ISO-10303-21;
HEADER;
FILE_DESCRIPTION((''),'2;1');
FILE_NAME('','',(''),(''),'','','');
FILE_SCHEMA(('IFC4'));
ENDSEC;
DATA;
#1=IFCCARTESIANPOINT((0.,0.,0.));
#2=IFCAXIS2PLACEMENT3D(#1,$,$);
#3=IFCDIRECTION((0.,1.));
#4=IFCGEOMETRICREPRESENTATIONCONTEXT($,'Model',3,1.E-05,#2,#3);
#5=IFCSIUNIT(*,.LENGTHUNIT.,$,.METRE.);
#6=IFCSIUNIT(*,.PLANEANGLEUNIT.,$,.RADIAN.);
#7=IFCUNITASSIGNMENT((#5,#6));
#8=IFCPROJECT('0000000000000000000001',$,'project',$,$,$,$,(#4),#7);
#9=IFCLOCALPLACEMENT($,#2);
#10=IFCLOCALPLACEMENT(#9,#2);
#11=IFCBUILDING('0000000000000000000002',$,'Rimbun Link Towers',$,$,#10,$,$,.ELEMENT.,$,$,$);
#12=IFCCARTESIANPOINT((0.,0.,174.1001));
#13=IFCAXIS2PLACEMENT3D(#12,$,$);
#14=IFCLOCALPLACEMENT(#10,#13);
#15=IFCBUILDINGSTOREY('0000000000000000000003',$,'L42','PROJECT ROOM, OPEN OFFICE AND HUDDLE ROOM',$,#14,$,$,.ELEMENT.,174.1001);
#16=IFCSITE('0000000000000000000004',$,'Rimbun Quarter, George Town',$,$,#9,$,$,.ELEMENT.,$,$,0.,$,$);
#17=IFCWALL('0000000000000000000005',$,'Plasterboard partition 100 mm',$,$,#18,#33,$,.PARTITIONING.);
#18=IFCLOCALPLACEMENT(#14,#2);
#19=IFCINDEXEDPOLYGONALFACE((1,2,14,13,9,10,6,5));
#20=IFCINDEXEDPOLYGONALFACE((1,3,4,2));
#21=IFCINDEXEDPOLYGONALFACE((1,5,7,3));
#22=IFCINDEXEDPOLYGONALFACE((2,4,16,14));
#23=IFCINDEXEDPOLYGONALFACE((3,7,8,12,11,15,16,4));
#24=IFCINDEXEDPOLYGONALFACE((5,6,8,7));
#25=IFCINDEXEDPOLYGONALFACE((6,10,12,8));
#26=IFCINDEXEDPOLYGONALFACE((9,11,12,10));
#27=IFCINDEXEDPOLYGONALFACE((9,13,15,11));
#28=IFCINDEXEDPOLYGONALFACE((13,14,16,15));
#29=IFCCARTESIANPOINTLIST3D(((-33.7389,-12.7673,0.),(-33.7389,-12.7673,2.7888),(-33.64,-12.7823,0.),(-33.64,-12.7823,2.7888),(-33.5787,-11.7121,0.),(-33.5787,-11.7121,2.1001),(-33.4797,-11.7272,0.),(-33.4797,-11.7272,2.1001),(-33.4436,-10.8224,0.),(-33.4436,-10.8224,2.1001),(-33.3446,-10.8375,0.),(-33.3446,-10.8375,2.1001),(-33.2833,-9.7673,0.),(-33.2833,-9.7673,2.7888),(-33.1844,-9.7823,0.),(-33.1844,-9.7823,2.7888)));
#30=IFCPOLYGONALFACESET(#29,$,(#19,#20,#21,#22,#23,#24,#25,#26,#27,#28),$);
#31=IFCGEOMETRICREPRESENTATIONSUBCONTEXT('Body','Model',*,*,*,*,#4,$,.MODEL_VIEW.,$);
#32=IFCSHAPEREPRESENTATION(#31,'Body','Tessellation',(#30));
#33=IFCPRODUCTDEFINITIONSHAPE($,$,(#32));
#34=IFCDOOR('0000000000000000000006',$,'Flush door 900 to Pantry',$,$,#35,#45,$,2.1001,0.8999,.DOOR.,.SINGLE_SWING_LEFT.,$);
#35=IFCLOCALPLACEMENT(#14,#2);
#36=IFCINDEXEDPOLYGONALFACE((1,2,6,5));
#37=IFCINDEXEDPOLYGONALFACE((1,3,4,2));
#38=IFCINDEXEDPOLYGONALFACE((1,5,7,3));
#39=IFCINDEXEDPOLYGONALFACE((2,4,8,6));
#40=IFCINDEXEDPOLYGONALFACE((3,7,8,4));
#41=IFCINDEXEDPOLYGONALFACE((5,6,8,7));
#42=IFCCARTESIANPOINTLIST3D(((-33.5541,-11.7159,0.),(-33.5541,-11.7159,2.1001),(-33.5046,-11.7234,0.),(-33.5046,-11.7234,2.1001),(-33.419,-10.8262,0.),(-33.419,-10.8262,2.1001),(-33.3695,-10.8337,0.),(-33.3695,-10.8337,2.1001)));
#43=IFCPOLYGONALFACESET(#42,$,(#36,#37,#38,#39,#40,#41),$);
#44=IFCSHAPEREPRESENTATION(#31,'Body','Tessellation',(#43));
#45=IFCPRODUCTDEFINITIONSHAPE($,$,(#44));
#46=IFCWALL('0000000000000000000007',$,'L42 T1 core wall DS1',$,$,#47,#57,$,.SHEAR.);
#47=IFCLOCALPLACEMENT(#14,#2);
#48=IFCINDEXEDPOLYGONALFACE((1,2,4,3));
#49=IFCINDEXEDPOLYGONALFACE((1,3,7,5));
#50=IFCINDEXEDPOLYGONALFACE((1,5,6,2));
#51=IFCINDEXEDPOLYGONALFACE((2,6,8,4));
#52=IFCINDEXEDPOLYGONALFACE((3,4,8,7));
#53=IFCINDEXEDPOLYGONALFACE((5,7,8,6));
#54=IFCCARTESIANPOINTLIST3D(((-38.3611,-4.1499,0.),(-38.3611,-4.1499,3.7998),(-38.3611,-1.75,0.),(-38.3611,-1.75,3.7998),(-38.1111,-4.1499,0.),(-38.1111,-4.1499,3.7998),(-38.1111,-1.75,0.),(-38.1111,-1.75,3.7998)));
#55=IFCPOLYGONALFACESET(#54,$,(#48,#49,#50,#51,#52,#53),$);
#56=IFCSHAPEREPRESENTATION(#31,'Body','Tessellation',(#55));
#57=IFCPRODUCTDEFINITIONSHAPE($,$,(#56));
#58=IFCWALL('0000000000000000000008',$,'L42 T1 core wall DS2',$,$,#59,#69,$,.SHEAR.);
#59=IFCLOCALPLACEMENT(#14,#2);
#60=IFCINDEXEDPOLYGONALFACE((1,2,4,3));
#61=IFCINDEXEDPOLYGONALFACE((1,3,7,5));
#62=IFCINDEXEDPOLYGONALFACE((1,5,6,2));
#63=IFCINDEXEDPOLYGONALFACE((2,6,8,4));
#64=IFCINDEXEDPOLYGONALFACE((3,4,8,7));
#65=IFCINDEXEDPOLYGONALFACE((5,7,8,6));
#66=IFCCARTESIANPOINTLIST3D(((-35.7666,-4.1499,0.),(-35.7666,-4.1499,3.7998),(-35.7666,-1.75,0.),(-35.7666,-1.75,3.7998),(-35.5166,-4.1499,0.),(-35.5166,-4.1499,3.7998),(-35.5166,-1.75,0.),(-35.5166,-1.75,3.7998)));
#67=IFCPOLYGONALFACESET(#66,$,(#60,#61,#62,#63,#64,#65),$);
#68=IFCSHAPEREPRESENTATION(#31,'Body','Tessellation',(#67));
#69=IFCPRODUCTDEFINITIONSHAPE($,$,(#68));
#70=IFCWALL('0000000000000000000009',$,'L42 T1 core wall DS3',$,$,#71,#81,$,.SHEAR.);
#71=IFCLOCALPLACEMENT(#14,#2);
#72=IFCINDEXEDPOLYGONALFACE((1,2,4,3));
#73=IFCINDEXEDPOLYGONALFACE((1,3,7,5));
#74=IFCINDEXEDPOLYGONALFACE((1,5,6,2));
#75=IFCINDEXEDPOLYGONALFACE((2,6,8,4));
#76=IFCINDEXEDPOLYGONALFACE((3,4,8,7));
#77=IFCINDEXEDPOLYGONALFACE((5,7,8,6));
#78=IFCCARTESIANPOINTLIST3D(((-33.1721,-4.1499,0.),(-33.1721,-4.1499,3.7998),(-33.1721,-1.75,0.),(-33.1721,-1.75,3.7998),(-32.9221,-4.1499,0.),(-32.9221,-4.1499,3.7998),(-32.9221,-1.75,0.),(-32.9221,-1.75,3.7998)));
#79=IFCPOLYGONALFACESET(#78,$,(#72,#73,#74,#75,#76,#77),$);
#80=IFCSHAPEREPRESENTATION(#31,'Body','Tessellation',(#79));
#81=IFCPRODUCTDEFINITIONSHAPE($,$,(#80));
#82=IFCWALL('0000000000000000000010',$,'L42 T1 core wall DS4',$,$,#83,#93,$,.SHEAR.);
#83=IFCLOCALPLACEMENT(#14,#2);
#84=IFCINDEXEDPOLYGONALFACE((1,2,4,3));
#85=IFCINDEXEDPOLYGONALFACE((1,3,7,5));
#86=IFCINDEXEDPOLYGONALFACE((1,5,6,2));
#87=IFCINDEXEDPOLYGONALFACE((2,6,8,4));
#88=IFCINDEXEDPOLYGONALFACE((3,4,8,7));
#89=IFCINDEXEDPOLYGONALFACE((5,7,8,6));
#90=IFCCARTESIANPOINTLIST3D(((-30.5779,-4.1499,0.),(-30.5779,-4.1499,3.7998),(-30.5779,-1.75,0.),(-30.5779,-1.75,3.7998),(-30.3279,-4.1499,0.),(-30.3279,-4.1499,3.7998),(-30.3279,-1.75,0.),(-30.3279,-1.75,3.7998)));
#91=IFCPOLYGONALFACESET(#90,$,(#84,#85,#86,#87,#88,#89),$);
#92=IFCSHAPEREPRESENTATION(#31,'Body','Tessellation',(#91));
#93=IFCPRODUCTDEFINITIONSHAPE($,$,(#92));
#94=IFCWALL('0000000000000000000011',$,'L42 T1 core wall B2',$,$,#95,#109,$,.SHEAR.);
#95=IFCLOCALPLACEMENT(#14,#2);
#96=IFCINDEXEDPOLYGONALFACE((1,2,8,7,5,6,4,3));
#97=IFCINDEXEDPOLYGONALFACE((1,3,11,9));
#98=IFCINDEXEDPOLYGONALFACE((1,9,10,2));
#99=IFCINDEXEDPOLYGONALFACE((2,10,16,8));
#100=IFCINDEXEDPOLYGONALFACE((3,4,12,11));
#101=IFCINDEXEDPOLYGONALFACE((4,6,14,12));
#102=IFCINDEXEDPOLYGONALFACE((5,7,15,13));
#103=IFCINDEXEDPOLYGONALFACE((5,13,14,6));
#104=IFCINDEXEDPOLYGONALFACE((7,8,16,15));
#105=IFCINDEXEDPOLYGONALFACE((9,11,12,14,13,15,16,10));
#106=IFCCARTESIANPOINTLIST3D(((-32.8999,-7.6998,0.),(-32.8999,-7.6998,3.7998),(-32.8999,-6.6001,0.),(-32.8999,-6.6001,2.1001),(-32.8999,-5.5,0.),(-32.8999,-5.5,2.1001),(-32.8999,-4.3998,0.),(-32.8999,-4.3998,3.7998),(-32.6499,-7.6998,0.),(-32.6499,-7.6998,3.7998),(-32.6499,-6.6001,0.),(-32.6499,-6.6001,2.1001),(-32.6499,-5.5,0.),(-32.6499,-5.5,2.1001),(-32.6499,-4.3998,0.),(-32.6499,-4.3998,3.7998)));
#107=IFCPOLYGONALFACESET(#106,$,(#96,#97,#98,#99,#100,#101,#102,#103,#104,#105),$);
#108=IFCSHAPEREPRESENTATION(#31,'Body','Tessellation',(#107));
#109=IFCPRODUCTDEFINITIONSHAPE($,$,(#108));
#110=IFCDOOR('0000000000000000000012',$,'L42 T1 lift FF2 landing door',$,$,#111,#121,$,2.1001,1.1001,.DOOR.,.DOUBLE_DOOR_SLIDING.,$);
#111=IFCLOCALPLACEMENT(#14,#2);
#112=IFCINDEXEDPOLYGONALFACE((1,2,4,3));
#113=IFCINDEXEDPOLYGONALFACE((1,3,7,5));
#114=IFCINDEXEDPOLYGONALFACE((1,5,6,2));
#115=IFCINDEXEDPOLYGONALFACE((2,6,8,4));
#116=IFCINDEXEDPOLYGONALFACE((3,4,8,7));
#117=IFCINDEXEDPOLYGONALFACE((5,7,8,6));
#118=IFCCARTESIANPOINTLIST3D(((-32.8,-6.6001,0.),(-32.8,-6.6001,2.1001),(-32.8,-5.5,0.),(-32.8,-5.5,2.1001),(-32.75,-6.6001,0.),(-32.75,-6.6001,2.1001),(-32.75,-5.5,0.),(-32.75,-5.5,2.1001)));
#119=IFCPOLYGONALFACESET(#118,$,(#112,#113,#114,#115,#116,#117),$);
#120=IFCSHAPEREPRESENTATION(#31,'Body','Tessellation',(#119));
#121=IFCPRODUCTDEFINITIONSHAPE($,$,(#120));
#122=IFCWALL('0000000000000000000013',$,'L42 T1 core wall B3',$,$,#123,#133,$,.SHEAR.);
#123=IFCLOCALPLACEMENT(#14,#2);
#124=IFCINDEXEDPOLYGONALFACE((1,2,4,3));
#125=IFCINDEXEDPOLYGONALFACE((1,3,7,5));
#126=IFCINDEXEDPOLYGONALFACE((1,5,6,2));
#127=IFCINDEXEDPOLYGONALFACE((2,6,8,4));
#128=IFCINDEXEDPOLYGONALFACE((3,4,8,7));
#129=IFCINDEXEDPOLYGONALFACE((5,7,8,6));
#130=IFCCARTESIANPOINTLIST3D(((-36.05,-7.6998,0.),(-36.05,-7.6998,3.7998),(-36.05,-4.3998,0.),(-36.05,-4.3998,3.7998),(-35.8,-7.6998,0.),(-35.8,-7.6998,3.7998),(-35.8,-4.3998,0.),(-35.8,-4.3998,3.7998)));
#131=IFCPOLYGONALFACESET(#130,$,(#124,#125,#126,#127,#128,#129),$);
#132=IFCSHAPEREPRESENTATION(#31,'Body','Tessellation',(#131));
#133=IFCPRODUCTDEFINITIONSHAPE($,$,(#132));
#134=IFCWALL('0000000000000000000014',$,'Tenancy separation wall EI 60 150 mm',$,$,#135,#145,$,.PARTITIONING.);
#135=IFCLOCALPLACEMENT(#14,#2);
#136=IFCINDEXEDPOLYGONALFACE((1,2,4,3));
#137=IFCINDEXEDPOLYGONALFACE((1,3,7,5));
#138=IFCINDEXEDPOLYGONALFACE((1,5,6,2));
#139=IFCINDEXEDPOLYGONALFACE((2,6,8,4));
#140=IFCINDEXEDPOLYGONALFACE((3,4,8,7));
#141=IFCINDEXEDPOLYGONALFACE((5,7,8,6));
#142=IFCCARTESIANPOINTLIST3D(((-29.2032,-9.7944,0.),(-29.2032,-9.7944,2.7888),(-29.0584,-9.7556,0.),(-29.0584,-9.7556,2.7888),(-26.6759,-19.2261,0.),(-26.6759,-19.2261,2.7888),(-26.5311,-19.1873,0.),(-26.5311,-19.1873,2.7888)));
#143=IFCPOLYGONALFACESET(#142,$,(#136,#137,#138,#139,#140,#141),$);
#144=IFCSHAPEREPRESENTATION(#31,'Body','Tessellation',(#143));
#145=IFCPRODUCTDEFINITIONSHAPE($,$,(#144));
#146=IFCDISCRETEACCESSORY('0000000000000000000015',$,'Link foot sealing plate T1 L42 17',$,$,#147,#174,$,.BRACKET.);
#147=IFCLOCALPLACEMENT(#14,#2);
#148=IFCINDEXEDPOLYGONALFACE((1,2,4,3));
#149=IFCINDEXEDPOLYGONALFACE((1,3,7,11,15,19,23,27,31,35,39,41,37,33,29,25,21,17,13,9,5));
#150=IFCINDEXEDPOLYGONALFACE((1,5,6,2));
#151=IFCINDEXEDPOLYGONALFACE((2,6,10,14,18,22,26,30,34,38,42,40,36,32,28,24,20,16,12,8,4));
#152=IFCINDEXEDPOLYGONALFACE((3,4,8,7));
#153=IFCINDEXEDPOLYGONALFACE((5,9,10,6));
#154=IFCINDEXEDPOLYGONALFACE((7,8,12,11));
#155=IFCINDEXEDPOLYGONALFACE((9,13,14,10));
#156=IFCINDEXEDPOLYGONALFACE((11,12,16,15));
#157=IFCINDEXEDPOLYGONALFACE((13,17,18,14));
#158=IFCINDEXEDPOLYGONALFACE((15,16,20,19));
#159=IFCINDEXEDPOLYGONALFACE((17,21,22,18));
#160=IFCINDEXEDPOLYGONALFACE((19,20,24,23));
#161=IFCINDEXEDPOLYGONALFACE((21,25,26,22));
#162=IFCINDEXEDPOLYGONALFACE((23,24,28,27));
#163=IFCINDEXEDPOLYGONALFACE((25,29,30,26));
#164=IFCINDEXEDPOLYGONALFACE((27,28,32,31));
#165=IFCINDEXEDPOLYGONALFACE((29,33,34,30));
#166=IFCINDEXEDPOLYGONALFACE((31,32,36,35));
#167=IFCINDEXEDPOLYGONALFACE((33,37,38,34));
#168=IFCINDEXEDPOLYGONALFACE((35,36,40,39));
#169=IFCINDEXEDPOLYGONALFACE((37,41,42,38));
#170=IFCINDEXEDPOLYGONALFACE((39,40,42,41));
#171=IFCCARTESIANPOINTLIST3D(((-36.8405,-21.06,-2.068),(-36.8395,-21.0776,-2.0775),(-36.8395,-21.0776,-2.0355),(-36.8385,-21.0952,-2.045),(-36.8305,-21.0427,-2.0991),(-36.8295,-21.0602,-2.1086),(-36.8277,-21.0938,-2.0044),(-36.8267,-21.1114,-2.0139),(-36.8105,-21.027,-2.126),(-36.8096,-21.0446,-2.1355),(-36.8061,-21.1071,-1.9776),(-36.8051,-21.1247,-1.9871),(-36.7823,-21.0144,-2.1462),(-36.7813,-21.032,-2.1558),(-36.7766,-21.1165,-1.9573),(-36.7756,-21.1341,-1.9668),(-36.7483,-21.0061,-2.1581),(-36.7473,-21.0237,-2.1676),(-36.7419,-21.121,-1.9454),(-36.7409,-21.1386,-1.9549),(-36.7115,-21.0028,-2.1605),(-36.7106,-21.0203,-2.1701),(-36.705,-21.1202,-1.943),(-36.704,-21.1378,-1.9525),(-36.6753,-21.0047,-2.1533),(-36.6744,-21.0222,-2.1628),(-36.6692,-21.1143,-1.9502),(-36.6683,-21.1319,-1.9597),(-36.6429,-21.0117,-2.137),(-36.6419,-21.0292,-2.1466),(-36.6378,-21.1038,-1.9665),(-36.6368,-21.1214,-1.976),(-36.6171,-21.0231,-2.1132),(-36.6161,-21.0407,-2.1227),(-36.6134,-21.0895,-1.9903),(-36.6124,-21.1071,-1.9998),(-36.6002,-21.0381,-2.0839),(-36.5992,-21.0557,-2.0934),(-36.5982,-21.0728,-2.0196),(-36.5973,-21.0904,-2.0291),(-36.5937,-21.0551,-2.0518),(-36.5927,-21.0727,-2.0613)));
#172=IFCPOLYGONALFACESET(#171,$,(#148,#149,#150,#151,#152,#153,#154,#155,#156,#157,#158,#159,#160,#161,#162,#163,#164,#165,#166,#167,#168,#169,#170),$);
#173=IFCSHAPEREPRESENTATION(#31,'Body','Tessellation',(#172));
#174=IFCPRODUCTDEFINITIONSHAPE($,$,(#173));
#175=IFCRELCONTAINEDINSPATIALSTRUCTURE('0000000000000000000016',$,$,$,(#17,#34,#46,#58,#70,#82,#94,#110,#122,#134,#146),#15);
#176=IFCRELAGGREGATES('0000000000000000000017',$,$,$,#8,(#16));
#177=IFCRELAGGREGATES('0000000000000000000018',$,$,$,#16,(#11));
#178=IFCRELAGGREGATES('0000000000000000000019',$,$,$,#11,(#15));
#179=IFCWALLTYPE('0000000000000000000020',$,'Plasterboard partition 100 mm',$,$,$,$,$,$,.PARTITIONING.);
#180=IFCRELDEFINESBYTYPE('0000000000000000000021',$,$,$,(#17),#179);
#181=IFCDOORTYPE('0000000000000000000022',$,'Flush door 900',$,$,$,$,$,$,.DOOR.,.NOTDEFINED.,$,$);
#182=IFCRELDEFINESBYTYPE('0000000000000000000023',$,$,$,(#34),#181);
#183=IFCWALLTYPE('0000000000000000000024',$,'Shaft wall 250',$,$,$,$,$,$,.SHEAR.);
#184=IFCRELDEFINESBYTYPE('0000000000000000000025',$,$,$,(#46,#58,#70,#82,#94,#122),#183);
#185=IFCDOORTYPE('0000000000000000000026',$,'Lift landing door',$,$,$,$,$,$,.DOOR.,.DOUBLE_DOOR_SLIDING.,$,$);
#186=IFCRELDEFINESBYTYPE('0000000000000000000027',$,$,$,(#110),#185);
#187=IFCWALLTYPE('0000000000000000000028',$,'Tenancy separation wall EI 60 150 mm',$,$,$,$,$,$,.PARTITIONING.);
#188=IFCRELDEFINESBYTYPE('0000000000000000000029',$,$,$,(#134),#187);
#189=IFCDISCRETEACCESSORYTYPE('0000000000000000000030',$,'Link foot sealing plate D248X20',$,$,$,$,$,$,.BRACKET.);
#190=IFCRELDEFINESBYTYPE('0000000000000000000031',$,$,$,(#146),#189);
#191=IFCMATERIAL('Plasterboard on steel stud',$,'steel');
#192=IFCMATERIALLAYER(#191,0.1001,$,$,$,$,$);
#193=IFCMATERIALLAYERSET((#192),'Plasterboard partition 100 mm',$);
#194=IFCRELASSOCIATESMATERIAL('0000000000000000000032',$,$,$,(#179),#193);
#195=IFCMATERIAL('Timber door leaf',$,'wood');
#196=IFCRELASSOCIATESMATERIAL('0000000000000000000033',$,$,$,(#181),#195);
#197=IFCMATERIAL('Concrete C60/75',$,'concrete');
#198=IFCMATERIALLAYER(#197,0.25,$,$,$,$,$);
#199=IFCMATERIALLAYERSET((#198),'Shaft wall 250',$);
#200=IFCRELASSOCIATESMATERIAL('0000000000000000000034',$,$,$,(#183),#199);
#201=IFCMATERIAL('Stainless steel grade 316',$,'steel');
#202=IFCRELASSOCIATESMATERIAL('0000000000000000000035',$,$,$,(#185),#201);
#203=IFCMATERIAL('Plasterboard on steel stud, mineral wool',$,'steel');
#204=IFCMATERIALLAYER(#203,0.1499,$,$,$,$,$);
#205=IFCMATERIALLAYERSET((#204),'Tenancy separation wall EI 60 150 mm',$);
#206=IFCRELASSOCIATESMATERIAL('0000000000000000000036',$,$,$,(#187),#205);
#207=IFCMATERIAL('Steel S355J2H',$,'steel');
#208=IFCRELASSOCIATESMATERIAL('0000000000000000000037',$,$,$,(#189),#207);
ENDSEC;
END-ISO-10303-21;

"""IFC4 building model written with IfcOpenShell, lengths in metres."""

from ifc_helpers import new_model, si_unit, direction, frame, frame_2d, origin, origin_2d, place, context, subcontext, project, spatial, rectangle, circle, extrude, material, layer, layer_set, material_profile, profile_set, type_object, element, fill, save


model = new_model("IFC4")

# Units and contexts
model_context = context("Model", 3, precision=1e-05, world=origin(), true_north=direction((0.0, 1.0)))
body_context = subcontext(model_context, "Body", "Model", "MODEL_VIEW")
ifc_project = project(units=[si_unit("LENGTHUNIT", "METRE"), si_unit("PLANEANGLEUNIT", "RADIAN")], contexts=[model_context])

# Site, building, storey
site_placement = place(None, origin())
site = spatial("IfcSite", under=ifc_project, at=site_placement, Name="Rimbun Quarter, George Town", CompositionType="ELEMENT", RefElevation=0.0)
building_placement = place(site_placement, origin())
building = spatial("IfcBuilding", under=site, at=building_placement, Name="Rimbun Link Towers", CompositionType="ELEMENT")
storey_placement = place(building_placement, frame((0.0, 0.0, 174.1001)))
storey = spatial("IfcBuildingStorey", under=building, at=storey_placement, Name="L42", Description="PROJECT ROOM, OPEN OFFICE AND HUDDLE ROOM", CompositionType="ELEMENT", Elevation=174.1001)

# Wall, opening, door
ifc_material_1 = material(Name="Plasterboard on steel stud", Category="steel")
ifc_layer_1 = layer(ifc_material_1, 0.1001)
ifc_layer_set_1 = layer_set([ifc_layer_1], Name="Plasterboard partition 100 mm")
wall_type_1 = type_object("IfcWallType", Name="Plasterboard partition 100 mm", PredefinedType="PARTITIONING", material=ifc_layer_set_1)
ifc_material_2 = material(Name="Timber door leaf", Category="wood")
door_type_1 = type_object("IfcDoorType", Name="Flush door 900", OperationType="NOTDEFINED", PredefinedType="DOOR", material=ifc_material_2)
wall_1_placement = place(storey_placement, frame((-33.2339, -9.7749, 0.0), z_axis=(0.0, 0.0, 1.0), x_axis=(-0.150134, -0.988666, 0.0)))
wall_1 = element("IfcWall", 1, at=wall_1_placement, inside=storey, type_object=wall_type_1, Name="Plasterboard partition 100 mm", PredefinedType="PARTITIONING", context=body_context, shape_type="SweptSolid", body=[
    extrude(rectangle(XDim=3.0344, YDim=0.1001, at=frame_2d((1.5171, 0.0))), origin(), (0.0, 0.0, 1.0), 2.7888),
])
opening_1_placement = place(wall_1_placement, frame((1.0671, 0.0, 0.0)))
opening_1 = element("IfcOpeningElement", 2, at=opening_1_placement, cuts=wall_1, PredefinedType="OPENING", context=body_context, shape_type="SweptSolid", body=[
    extrude(rectangle(XDim=0.8999, YDim=2.1001, at=frame_2d((0.45, 1.05))), frame((0.0, 0.0601, 0.0), z_axis=(0.0, -1.0, 0.0), x_axis=(1.0, 0.0, 0.0)), (0.0, 0.0, 1.0), 0.1201),
])
door_1_placement = place(opening_1_placement, origin())
door_1 = element("IfcDoor", 3, at=door_1_placement, inside=storey, type_object=door_type_1, Name="Flush door 900 to Pantry", OperationType="SINGLE_SWING_LEFT", OverallHeight=2.1001, OverallWidth=0.8999, PredefinedType="DOOR", context=body_context, shape_type="SweptSolid", body=[
    extrude(rectangle(XDim=0.8999, YDim=2.1001, at=frame_2d((0.45, 1.05))), frame((0.0, 0.0249, 0.0), z_axis=(0.0, -1.0, 0.0), x_axis=(1.0, 0.0, 0.0)), (0.0, 0.0, 1.0), 0.05),
])
fill(opening_1, door_1)

# Walls
ifc_material_3 = material(Name="Concrete C60/75", Category="concrete")
ifc_layer_2 = layer(ifc_material_3, 0.25)
ifc_layer_set_2 = layer_set([ifc_layer_2], Name="Shaft wall 250")
wall_type_2 = type_object("IfcWallType", Name="Shaft wall 250", PredefinedType="SHEAR", material=ifc_layer_set_2)
for number, where, z_axis, x_axis, name in (
    (4, (-38.2361, -4.1499, 0.0), (0.0, 0.0, 1.0), (0.0, 1.0, 0.0), "L42 T1 core wall DS1"),
    (5, (-35.6416, -4.1499, 0.0), (0.0, 0.0, 1.0), (0.0, 1.0, 0.0), "L42 T1 core wall DS2"),
    (6, (-33.0471, -4.1499, 0.0), (0.0, 0.0, 1.0), (0.0, 1.0, 0.0), "L42 T1 core wall DS3"),
    (7, (-30.4529, -4.1499, 0.0), (0.0, 0.0, 1.0), (0.0, 1.0, 0.0), "L42 T1 core wall DS4"),
):
    element("IfcWall", number, at=place(storey_placement, frame(where, z_axis=z_axis, x_axis=x_axis)), inside=storey, type_object=wall_type_2, Name=name, PredefinedType="SHEAR", context=body_context, shape_type="SweptSolid", body=[
        extrude(rectangle(XDim=2.3999, YDim=0.25, at=frame_2d((1.2, 0.0))), origin(), (0.0, 0.0, 1.0), 3.7998),
    ])

# Wall, opening, door
wall_2_placement = place(storey_placement, frame((-32.7749, -4.3999, 0.0), z_axis=(0.0, 0.0, 1.0), x_axis=(0.0, -1.0, 0.0)))
wall_2 = element("IfcWall", 8, at=wall_2_placement, inside=storey, type_object=wall_type_2, Name="L42 T1 core wall B2", PredefinedType="SHEAR", context=body_context, shape_type="SweptSolid", body=[
    extrude(rectangle(XDim=3.3, YDim=0.25, at=frame_2d((1.6499, 0.0))), origin(), (0.0, 0.0, 1.0), 3.7998),
])
opening_2_placement = place(wall_2_placement, frame((1.1001, 0.0, 0.0)))
opening_2 = element("IfcOpeningElement", 9, at=opening_2_placement, cuts=wall_2, PredefinedType="OPENING", context=body_context, shape_type="SweptSolid", body=[
    extrude(rectangle(XDim=1.1001, YDim=2.1001, at=frame_2d((0.55, 1.05))), frame((0.0, 0.135, 0.0), z_axis=(0.0, -1.0, 0.0), x_axis=(1.0, 0.0, 0.0)), (0.0, 0.0, 1.0), 0.27),
])
ifc_material_4 = material(Name="Stainless steel grade 316", Category="steel")
door_type_2 = type_object("IfcDoorType", Name="Lift landing door", OperationType="DOUBLE_DOOR_SLIDING", PredefinedType="DOOR", material=ifc_material_4)
door_2_placement = place(opening_2_placement, origin())
door_2 = element("IfcDoor", 10, at=door_2_placement, inside=storey, type_object=door_type_2, Name="L42 T1 lift FF2 landing door", OperationType="DOUBLE_DOOR_SLIDING", OverallHeight=2.1001, OverallWidth=1.1001, PredefinedType="DOOR", context=body_context, shape_type="SweptSolid", body=[
    extrude(rectangle(XDim=1.1001, YDim=2.1001, at=frame_2d((0.55, 1.05))), frame((0.0, 0.0249, 0.0), z_axis=(0.0, -1.0, 0.0), x_axis=(1.0, 0.0, 0.0)), (0.0, 0.0, 1.0), 0.05),
])
fill(opening_2, door_2)

# Walls
wall_3_placement = place(storey_placement, frame((-35.925, -4.3999, 0.0), z_axis=(0.0, 0.0, 1.0), x_axis=(0.0, -1.0, 0.0)))
element("IfcWall", 11, at=wall_3_placement, inside=storey, type_object=wall_type_2, Name="L42 T1 core wall B3", PredefinedType="SHEAR", context=body_context, shape_type="SweptSolid", body=[
    extrude(rectangle(XDim=3.3, YDim=0.25, at=frame_2d((1.6499, 0.0))), origin(), (0.0, 0.0, 1.0), 3.7998),
])
ifc_material_5 = material(Name="Plasterboard on steel stud, mineral wool", Category="steel")
ifc_layer_3 = layer(ifc_material_5, 0.1499)
ifc_layer_set_3 = layer_set([ifc_layer_3], Name="Tenancy separation wall EI 60 150 mm")
wall_type_3 = type_object("IfcWallType", Name="Tenancy separation wall EI 60 150 mm", PredefinedType="PARTITIONING", material=ifc_layer_set_3)
wall_4_placement = place(storey_placement, frame((-29.1309, -9.7749, 0.0), z_axis=(0.0, 0.0, 1.0), x_axis=(0.258833, -0.965922, 0.0)))
element("IfcWall", 12, at=wall_4_placement, inside=storey, type_object=wall_type_3, Name="Tenancy separation wall EI 60 150 mm", PredefinedType="PARTITIONING", context=body_context, shape_type="SweptSolid", body=[
    extrude(rectangle(XDim=9.7644, YDim=0.1499, at=frame_2d((4.8823, 0.0))), origin(), (0.0, 0.0, 1.0), 2.7888),
])

# Discrete accessory
ifc_material_6 = material(Name="Steel S355J2H", Category="steel")
ifc_material_profile_1 = material_profile(ifc_material_6, circle(Radius=0.124, at=origin_2d()), Name="PL D248")
ifc_profile_set_1 = profile_set([ifc_material_profile_1], Name="Steel S355J2H")
discrete_accessory_type = type_object("IfcDiscreteAccessoryType", Name="Link foot sealing plate D248X20", PredefinedType="BRACKET", material=ifc_profile_set_1)
discrete_accessory_placement = place(storey_placement, frame((-36.7175, -21.062, -2.0518), z_axis=(0.048791, -0.878245, -0.475716), x_axis=(0.99846, 0.05547, 0.0)))
element("IfcDiscreteAccessory", 13, at=discrete_accessory_placement, inside=storey, type_object=discrete_accessory_type, Name="Link foot sealing plate T1 L42 17", PredefinedType="BRACKET", context=body_context, shape_type="SweptSolid", body=[
    extrude(circle(Radius=0.124, at=origin_2d()), origin(), (0.0, 0.0, 1.0), 0.02),
])

save(model, "model.ifc")
